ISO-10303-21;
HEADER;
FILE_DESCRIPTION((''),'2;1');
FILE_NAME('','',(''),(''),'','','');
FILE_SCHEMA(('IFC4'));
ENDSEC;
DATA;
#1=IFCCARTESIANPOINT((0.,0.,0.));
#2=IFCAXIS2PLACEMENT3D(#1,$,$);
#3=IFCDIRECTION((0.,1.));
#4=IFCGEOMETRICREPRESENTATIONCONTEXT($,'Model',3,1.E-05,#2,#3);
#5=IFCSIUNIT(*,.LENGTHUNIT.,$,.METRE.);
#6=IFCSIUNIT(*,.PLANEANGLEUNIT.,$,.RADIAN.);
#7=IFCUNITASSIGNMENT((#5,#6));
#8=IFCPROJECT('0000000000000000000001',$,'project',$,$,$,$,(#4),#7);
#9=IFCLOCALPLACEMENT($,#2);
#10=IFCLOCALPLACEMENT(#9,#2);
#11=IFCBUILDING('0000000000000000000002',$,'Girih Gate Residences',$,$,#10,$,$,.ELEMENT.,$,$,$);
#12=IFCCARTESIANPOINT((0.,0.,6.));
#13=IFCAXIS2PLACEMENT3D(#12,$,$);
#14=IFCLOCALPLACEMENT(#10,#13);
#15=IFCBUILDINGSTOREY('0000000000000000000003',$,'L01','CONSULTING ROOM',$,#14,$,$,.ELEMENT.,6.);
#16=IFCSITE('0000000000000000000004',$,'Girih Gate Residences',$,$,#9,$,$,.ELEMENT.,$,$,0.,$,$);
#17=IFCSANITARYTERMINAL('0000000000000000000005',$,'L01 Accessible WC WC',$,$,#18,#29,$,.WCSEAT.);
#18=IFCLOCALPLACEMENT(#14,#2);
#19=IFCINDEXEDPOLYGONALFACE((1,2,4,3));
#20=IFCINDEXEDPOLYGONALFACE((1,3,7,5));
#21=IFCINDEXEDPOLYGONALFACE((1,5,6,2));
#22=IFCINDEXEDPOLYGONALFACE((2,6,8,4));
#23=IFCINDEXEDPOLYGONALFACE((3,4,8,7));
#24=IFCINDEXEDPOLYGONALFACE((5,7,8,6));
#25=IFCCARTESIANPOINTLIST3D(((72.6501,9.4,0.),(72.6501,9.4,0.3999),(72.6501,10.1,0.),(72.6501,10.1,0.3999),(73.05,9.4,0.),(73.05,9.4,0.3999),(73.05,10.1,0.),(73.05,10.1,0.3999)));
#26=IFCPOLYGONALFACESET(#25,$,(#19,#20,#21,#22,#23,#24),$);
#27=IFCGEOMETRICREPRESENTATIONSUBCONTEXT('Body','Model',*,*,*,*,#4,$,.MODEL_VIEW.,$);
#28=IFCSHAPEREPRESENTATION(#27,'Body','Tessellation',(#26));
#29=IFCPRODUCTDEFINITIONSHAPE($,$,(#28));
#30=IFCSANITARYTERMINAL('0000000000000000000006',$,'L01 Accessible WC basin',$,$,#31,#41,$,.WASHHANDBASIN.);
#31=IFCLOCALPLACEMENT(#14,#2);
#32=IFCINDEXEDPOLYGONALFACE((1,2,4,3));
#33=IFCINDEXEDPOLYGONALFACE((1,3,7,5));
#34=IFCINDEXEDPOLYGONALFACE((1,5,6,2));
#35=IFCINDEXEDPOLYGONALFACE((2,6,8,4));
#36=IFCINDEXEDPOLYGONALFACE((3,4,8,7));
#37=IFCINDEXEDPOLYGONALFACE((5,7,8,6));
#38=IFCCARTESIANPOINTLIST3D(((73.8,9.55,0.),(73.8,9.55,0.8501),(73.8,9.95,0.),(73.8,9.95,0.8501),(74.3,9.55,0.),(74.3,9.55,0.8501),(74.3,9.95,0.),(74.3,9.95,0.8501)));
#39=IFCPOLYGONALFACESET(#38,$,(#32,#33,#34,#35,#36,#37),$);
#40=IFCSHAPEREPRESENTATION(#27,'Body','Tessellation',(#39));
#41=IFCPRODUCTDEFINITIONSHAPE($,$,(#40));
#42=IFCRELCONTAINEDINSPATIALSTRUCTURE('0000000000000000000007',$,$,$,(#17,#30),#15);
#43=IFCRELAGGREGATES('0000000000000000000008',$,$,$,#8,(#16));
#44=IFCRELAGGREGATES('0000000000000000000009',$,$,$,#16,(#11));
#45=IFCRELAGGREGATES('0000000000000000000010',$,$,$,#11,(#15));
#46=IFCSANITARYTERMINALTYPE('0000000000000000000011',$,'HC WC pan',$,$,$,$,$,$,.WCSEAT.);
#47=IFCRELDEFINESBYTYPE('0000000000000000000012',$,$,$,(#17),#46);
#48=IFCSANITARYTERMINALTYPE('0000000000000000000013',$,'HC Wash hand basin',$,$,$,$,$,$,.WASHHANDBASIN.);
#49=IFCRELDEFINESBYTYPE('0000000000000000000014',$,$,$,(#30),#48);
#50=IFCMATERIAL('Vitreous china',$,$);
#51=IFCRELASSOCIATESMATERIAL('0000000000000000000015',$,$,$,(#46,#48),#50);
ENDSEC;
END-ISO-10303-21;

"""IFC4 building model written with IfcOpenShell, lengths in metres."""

from ifc_helpers import new_model, si_unit, direction, frame, origin, origin_2d, place, context, subcontext, project, spatial, rectangle, extrude, material, type_object, element, save


model = new_model("IFC4")

# Units and contexts
model_context = context("Model", 3, precision=1e-05, world=origin(), true_north=direction((0.0, 1.0)))
body_context = subcontext(model_context, "Body", "Model", "MODEL_VIEW")
ifc_project = project(units=[si_unit("LENGTHUNIT", "METRE"), si_unit("PLANEANGLEUNIT", "RADIAN")], contexts=[model_context])

# Site, building, storey
site_placement = place(None, origin())
site = spatial("IfcSite", under=ifc_project, at=site_placement, Name="Girih Gate Residences", CompositionType="ELEMENT", RefElevation=0.0)
building_placement = place(site_placement, origin())
building = spatial("IfcBuilding", under=site, at=building_placement, Name="Girih Gate Residences", CompositionType="ELEMENT")
storey_placement = place(building_placement, frame((0.0, 0.0, 6.0)))
storey = spatial("IfcBuildingStorey", under=building, at=storey_placement, Name="L01", Description="CONSULTING ROOM", CompositionType="ELEMENT", Elevation=6.0)

# Sanitary terminals
ifc_material_1 = material(Name="Vitreous china")
sanitary_terminal_type_1 = type_object("IfcSanitaryTerminalType", Name="HC WC pan", PredefinedType="WCSEAT", material=ifc_material_1)
sanitary_terminal_1_placement = place(storey_placement, frame((72.8501, 9.75, 0.0), z_axis=(0.0, 0.0, 1.0), x_axis=(1.0, 0.0, 0.0)))
element("IfcSanitaryTerminal", 1, at=sanitary_terminal_1_placement, inside=storey, type_object=sanitary_terminal_type_1, Name="L01 Accessible WC WC", PredefinedType="WCSEAT", context=body_context, shape_type="SweptSolid", body=[
    extrude(rectangle(XDim=0.3999, YDim=0.7, at=origin_2d()), origin(), (0.0, 0.0, 1.0), 0.3999),
])
sanitary_terminal_type_2 = type_object("IfcSanitaryTerminalType", Name="HC Wash hand basin", PredefinedType="WASHHANDBASIN", material=ifc_material_1)
sanitary_terminal_2_placement = place(storey_placement, frame((74.05, 9.75, 0.0), z_axis=(0.0, 0.0, 1.0), x_axis=(1.0, 0.0, 0.0)))
element("IfcSanitaryTerminal", 2, at=sanitary_terminal_2_placement, inside=storey, type_object=sanitary_terminal_type_2, Name="L01 Accessible WC basin", PredefinedType="WASHHANDBASIN", context=body_context, shape_type="SweptSolid", body=[
    extrude(rectangle(XDim=0.5, YDim=0.3999, at=origin_2d()), origin(), (0.0, 0.0, 1.0), 0.8501),
])

save(model, "model.ifc")
